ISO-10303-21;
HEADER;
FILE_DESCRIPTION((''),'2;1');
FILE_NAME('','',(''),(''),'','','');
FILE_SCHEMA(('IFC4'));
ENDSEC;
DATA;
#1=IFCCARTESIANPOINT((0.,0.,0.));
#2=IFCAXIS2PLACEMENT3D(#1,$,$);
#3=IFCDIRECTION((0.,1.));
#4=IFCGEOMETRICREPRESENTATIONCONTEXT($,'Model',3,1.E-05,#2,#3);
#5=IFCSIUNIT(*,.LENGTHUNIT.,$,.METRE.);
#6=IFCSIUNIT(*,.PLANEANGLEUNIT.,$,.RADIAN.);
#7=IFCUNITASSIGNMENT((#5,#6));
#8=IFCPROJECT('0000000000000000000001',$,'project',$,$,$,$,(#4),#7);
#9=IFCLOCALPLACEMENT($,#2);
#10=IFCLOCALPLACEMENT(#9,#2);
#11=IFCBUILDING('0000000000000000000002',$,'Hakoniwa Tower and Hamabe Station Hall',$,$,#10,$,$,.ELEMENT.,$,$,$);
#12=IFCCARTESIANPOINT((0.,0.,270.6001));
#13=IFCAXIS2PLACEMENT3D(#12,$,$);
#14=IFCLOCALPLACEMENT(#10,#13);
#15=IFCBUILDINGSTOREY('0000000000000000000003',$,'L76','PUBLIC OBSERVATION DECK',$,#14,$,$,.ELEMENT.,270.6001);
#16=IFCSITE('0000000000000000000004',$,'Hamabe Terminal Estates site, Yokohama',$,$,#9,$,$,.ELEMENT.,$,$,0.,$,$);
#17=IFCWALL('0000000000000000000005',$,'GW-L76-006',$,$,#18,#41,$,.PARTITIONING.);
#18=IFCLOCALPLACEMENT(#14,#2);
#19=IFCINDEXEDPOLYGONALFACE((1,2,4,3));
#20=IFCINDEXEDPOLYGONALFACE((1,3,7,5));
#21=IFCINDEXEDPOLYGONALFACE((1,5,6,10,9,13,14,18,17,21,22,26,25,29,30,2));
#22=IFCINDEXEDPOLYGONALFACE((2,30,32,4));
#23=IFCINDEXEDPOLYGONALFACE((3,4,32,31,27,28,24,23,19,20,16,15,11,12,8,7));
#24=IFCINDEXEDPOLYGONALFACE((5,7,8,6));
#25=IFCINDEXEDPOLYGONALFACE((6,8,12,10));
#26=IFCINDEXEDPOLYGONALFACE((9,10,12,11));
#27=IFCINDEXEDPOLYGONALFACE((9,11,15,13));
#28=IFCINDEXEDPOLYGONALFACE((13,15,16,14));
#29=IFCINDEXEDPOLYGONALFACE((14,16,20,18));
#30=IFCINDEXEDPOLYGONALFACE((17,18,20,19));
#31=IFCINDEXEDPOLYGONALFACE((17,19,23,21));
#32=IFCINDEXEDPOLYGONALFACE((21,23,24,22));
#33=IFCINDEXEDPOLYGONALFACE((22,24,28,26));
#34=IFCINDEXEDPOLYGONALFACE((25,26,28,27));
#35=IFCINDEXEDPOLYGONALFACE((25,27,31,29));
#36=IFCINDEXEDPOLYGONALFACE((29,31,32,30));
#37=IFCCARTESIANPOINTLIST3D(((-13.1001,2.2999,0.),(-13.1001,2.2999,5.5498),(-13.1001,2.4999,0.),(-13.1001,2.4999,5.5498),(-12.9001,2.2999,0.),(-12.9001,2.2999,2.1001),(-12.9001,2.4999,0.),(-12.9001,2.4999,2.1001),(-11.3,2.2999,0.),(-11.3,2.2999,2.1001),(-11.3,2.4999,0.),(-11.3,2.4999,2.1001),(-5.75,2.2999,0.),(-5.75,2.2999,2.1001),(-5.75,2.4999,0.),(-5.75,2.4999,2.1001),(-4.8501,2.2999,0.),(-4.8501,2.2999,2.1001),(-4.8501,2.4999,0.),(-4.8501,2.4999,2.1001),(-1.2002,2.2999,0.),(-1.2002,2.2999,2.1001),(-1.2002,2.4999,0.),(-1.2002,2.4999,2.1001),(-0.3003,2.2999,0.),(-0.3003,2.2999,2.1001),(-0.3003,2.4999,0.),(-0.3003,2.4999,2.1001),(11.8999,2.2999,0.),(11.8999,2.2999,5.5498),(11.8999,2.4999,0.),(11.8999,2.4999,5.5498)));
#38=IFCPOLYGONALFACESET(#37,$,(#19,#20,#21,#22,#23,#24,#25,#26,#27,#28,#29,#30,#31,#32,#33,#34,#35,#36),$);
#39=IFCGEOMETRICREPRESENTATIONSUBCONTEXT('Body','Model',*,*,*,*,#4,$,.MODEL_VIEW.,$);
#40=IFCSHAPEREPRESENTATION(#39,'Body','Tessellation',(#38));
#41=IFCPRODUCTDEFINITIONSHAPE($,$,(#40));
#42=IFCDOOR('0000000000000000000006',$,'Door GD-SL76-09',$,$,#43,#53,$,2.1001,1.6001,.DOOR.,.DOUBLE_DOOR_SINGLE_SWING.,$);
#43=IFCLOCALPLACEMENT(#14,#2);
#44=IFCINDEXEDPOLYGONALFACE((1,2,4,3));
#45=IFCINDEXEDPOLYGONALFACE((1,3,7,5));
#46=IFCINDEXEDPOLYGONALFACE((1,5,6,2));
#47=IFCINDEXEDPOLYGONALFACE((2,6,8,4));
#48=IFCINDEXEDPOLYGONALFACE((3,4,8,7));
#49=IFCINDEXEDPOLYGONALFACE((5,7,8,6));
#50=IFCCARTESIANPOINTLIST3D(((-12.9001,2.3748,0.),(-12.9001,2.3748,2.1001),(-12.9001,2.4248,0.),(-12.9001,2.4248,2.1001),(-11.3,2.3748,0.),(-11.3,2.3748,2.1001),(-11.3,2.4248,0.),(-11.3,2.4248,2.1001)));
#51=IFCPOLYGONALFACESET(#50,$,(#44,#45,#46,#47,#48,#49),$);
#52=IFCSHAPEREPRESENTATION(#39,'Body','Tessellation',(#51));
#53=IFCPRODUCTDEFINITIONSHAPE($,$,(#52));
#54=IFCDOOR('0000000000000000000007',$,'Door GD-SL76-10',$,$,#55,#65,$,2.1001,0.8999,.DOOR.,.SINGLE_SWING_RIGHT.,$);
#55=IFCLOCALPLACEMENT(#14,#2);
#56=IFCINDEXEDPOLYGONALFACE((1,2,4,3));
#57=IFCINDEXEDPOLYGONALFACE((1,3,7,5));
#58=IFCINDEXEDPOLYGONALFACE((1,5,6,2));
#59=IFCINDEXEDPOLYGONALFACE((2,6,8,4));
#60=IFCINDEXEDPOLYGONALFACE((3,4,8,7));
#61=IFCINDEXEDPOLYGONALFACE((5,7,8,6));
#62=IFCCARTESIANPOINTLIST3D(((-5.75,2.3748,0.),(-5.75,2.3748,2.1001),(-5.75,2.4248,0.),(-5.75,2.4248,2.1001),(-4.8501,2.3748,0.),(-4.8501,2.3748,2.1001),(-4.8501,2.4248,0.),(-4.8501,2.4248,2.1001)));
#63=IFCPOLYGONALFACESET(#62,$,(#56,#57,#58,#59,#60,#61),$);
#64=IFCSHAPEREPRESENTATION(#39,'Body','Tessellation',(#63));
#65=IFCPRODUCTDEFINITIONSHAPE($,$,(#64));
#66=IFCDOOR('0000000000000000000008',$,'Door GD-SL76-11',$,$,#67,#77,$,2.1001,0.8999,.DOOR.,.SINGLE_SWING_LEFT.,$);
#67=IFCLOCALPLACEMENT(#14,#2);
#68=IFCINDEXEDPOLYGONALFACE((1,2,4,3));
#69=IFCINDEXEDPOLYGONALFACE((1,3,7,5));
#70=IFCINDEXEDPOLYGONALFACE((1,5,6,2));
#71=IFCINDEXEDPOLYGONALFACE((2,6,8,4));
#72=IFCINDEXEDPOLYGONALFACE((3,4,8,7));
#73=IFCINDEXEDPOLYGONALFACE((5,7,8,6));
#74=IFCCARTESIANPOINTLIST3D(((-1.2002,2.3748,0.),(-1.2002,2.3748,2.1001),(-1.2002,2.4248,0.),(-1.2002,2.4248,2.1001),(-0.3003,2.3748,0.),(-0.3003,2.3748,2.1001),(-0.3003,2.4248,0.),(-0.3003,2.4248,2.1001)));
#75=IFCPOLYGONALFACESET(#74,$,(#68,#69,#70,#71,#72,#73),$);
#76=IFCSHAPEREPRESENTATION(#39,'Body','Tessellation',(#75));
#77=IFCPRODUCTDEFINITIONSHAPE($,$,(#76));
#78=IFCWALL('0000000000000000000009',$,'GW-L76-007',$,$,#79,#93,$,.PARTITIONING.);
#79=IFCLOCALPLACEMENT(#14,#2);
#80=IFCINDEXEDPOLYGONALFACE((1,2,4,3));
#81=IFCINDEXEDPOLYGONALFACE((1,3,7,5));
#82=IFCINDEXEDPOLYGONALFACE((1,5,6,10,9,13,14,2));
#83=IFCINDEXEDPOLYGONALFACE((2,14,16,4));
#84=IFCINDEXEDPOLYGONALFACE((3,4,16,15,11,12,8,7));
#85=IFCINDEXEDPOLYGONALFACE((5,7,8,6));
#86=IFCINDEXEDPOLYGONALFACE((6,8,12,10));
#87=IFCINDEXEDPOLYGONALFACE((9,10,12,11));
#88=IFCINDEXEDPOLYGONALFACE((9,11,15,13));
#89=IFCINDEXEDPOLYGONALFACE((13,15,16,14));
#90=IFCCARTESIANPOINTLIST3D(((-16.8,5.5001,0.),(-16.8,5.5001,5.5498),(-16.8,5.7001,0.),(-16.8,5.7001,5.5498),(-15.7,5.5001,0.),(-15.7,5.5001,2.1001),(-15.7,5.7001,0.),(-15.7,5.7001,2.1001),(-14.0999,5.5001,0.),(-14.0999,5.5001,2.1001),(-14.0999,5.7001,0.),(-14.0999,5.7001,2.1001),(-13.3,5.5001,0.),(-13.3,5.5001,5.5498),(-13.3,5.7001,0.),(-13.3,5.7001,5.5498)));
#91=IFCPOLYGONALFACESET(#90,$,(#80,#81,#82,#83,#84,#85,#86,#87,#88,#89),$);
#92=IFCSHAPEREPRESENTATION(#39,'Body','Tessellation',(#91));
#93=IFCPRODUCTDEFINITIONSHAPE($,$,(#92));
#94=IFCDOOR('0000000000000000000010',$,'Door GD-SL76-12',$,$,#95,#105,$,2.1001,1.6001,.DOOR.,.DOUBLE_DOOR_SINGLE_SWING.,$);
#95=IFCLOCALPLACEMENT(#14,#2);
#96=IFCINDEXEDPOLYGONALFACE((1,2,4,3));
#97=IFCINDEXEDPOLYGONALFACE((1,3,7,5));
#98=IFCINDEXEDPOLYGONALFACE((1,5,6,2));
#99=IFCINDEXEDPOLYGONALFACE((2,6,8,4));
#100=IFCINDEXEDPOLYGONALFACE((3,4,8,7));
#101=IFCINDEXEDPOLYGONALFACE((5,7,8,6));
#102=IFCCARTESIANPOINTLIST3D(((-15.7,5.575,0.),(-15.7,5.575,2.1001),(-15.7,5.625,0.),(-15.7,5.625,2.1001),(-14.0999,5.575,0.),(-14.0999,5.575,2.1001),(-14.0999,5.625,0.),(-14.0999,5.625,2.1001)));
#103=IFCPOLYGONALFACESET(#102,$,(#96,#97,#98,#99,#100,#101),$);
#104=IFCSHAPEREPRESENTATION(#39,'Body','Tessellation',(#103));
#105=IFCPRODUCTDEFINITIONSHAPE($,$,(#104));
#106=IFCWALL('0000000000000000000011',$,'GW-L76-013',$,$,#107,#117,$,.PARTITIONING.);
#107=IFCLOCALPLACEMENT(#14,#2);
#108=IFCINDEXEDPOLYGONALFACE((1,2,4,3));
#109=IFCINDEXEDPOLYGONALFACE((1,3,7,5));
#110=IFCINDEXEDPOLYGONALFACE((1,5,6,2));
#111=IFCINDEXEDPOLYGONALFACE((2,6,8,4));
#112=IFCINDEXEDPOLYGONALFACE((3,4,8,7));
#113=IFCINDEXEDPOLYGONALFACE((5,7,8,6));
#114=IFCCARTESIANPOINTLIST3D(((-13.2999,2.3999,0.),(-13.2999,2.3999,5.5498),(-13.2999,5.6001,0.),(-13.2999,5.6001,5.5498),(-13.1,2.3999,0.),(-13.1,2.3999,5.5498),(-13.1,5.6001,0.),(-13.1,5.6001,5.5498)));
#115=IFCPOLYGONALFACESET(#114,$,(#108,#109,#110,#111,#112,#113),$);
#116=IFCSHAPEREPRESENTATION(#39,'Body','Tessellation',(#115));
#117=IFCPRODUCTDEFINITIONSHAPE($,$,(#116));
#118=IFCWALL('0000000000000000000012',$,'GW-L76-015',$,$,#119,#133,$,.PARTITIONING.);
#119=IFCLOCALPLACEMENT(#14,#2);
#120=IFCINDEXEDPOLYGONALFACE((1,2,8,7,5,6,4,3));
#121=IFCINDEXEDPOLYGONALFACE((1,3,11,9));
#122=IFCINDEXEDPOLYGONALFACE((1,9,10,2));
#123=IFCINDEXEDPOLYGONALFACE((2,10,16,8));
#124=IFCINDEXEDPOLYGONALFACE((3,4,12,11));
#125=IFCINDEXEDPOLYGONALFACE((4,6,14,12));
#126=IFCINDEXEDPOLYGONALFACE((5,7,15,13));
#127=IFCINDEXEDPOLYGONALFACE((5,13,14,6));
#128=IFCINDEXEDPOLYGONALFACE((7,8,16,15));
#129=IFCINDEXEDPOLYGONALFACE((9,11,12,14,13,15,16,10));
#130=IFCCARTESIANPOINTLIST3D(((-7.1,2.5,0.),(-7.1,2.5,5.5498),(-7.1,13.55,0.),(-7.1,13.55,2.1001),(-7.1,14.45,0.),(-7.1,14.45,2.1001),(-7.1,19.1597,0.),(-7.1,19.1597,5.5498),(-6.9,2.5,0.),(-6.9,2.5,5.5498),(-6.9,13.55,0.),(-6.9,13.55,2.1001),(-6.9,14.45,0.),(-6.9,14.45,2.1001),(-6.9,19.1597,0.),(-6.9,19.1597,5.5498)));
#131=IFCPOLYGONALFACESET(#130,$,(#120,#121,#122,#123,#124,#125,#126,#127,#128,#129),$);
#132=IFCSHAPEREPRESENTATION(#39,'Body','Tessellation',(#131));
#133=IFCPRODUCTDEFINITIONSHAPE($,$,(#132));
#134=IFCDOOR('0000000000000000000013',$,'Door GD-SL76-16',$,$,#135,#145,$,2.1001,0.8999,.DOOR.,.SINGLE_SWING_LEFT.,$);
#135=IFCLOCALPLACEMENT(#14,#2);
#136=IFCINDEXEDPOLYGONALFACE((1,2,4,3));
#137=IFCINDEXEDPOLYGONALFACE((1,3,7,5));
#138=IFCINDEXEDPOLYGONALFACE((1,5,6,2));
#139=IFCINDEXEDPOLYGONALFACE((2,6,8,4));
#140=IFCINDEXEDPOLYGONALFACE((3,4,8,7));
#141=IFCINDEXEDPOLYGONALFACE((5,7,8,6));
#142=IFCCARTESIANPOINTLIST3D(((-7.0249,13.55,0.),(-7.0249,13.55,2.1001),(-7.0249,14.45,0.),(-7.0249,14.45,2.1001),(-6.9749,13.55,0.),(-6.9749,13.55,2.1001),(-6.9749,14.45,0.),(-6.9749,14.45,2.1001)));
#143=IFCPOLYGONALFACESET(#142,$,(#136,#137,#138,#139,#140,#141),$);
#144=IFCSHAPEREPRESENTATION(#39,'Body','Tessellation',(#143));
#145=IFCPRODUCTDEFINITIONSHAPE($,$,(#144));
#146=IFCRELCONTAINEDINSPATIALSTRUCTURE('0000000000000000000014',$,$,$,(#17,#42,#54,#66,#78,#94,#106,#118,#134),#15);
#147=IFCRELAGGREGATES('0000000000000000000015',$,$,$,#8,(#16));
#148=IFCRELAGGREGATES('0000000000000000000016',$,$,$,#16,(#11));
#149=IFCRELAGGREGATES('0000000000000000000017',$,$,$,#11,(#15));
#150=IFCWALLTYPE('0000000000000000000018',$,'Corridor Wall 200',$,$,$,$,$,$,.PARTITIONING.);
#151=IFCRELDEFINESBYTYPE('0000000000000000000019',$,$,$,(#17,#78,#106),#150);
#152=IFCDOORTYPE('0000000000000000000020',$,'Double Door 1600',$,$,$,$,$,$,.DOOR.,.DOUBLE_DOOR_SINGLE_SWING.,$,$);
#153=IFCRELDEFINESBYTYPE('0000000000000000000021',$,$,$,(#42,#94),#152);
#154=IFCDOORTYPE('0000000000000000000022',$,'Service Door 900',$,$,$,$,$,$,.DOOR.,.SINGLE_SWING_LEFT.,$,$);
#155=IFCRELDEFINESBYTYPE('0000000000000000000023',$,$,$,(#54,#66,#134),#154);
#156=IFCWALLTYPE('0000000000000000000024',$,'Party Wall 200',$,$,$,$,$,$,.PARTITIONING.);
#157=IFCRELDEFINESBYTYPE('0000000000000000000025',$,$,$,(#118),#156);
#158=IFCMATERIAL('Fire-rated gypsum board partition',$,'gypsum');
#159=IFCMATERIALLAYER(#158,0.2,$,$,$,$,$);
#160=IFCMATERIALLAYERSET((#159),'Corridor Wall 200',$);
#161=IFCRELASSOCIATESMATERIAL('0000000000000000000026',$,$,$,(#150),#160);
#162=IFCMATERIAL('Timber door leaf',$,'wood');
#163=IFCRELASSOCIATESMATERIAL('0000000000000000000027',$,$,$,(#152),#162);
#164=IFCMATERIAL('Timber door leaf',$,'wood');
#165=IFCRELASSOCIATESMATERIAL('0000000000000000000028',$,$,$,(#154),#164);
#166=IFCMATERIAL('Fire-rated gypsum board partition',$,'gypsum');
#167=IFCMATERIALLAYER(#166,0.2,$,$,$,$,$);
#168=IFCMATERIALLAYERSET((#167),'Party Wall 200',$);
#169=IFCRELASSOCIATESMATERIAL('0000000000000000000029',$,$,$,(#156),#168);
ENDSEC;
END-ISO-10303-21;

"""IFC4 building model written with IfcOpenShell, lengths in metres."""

from ifc_helpers import new_model, si_unit, direction, frame, frame_2d, origin, place, context, subcontext, project, spatial, rectangle, extrude, material, layer, layer_set, type_object, element, fill, save


model = new_model("IFC4")

# Units and contexts
model_context = context("Model", 3, precision=1e-05, world=origin(), true_north=direction((0.0, 1.0)))
body_context = subcontext(model_context, "Body", "Model", "MODEL_VIEW")
ifc_project = project(units=[si_unit("LENGTHUNIT", "METRE"), si_unit("PLANEANGLEUNIT", "RADIAN")], contexts=[model_context])

# Site, building, storey
site_placement = place(None, origin())
site = spatial("IfcSite", under=ifc_project, at=site_placement, Name="Hamabe Terminal Estates site, Yokohama", CompositionType="ELEMENT", RefElevation=0.0)
building_placement = place(site_placement, origin())
building = spatial("IfcBuilding", under=site, at=building_placement, Name="Hakoniwa Tower and Hamabe Station Hall", CompositionType="ELEMENT")
storey_placement = place(building_placement, frame((0.0, 0.0, 270.6001)))
storey = spatial("IfcBuildingStorey", under=building, at=storey_placement, Name="L76", Description="PUBLIC OBSERVATION DECK", CompositionType="ELEMENT", Elevation=270.6001)

# Wall, openings, doors
ifc_material_1 = material(Name="Fire-rated gypsum board partition", Category="gypsum")
ifc_layer_1 = layer(ifc_material_1, 0.2)
ifc_layer_set_1 = layer_set([ifc_layer_1], Name="Corridor Wall 200")
wall_type_1 = type_object("IfcWallType", Name="Corridor Wall 200", PredefinedType="PARTITIONING", material=ifc_layer_set_1)
wall_1_placement = place(storey_placement, frame((-13.1001, 2.3999, 0.0), z_axis=(0.0, 0.0, 1.0), x_axis=(1.0, 0.0, 0.0)))
wall_1 = element("IfcWall", 1, at=wall_1_placement, inside=storey, type_object=wall_type_1, Name="GW-L76-006", PredefinedType="PARTITIONING", context=body_context, shape_type="SweptSolid", body=[
    extrude(rectangle(XDim=25.0, YDim=0.2, at=frame_2d((12.5, 0.0))), origin(), (0.0, 0.0, 1.0), 5.5498),
])
opening_1_placement = place(wall_1_placement, frame((0.2, 0.0, 0.0)))
opening_1 = element("IfcOpeningElement", 2, at=opening_1_placement, cuts=wall_1, PredefinedType="OPENING", context=body_context, shape_type="SweptSolid", body=[
    extrude(rectangle(XDim=1.6001, YDim=2.1001, at=frame_2d((0.8, 1.05))), frame((0.0, 0.1099, 0.0), z_axis=(0.0, -1.0, 0.0), x_axis=(1.0, 0.0, 0.0)), (0.0, 0.0, 1.0), 0.22),
])
opening_2_placement = place(wall_1_placement, frame((7.3501, 0.0, 0.0)))
opening_2 = element("IfcOpeningElement", 3, at=opening_2_placement, cuts=wall_1, PredefinedType="OPENING", context=body_context, shape_type="SweptSolid", body=[
    extrude(rectangle(XDim=0.8999, YDim=2.1001, at=frame_2d((0.45, 1.05))), frame((0.0, 0.1099, 0.0), z_axis=(0.0, -1.0, 0.0), x_axis=(1.0, 0.0, 0.0)), (0.0, 0.0, 1.0), 0.22),
])
opening_3_placement = place(wall_1_placement, frame((11.8999, 0.0, 0.0)))
opening_3 = element("IfcOpeningElement", 4, at=opening_3_placement, cuts=wall_1, PredefinedType="OPENING", context=body_context, shape_type="SweptSolid", body=[
    extrude(rectangle(XDim=0.8999, YDim=2.1001, at=frame_2d((0.45, 1.05))), frame((0.0, 0.1099, 0.0), z_axis=(0.0, -1.0, 0.0), x_axis=(1.0, 0.0, 0.0)), (0.0, 0.0, 1.0), 0.22),
])
ifc_material_2 = material(Name="Timber door leaf", Category="wood")
door_type_1 = type_object("IfcDoorType", Name="Double Door 1600", OperationType="DOUBLE_DOOR_SINGLE_SWING", PredefinedType="DOOR", material=ifc_material_2)
door_1_placement = place(opening_1_placement, origin())
door_1 = element("IfcDoor", 5, at=door_1_placement, inside=storey, type_object=door_type_1, Name="Door GD-SL76-09", OperationType="DOUBLE_DOOR_SINGLE_SWING", OverallHeight=2.1001, OverallWidth=1.6001, PredefinedType="DOOR", context=body_context, shape_type="SweptSolid", body=[
    extrude(rectangle(XDim=1.6001, YDim=2.1001, at=frame_2d((0.8, 1.05))), frame((0.0, 0.0249, 0.0), z_axis=(0.0, -1.0, 0.0), x_axis=(1.0, 0.0, 0.0)), (0.0, 0.0, 1.0), 0.05),
])
fill(opening_1, door_1)
ifc_material_3 = material(Name="Timber door leaf", Category="wood")
door_type_2 = type_object("IfcDoorType", Name="Service Door 900", OperationType="SINGLE_SWING_LEFT", PredefinedType="DOOR", material=ifc_material_3)
door_2_placement = place(opening_2_placement, origin())
door_2 = element("IfcDoor", 6, at=door_2_placement, inside=storey, type_object=door_type_2, Name="Door GD-SL76-10", OperationType="SINGLE_SWING_RIGHT", OverallHeight=2.1001, OverallWidth=0.8999, PredefinedType="DOOR", context=body_context, shape_type="SweptSolid", body=[
    extrude(rectangle(XDim=0.8999, YDim=2.1001, at=frame_2d((0.45, 1.05))), frame((0.0, 0.0249, 0.0), z_axis=(0.0, -1.0, 0.0), x_axis=(1.0, 0.0, 0.0)), (0.0, 0.0, 1.0), 0.05),
])
fill(opening_2, door_2)
door_3_placement = place(opening_3_placement, origin())
door_3 = element("IfcDoor", 7, at=door_3_placement, inside=storey, type_object=door_type_2, Name="Door GD-SL76-11", OperationType="SINGLE_SWING_LEFT", OverallHeight=2.1001, OverallWidth=0.8999, PredefinedType="DOOR", context=body_context, shape_type="SweptSolid", body=[
    extrude(rectangle(XDim=0.8999, YDim=2.1001, at=frame_2d((0.45, 1.05))), frame((0.0, 0.0249, 0.0), z_axis=(0.0, -1.0, 0.0), x_axis=(1.0, 0.0, 0.0)), (0.0, 0.0, 1.0), 0.05),
])
fill(opening_3, door_3)

# Wall, opening, door
wall_2_placement = place(storey_placement, frame((-16.8, 5.6001, 0.0), z_axis=(0.0, 0.0, 1.0), x_axis=(1.0, 0.0, 0.0)))
wall_2 = element("IfcWall", 8, at=wall_2_placement, inside=storey, type_object=wall_type_1, Name="GW-L76-007", PredefinedType="PARTITIONING", context=body_context, shape_type="SweptSolid", body=[
    extrude(rectangle(XDim=3.5, YDim=0.2, at=frame_2d((1.75, 0.0))), origin(), (0.0, 0.0, 1.0), 5.5498),
])
opening_4_placement = place(wall_2_placement, frame((1.1001, 0.0, 0.0)))
opening_4 = element("IfcOpeningElement", 9, at=opening_4_placement, cuts=wall_2, PredefinedType="OPENING", context=body_context, shape_type="SweptSolid", body=[
    extrude(rectangle(XDim=1.6001, YDim=2.1001, at=frame_2d((0.8, 1.05))), frame((0.0, 0.1099, 0.0), z_axis=(0.0, -1.0, 0.0), x_axis=(1.0, 0.0, 0.0)), (0.0, 0.0, 1.0), 0.22),
])
door_4_placement = place(opening_4_placement, origin())
door_4 = element("IfcDoor", 10, at=door_4_placement, inside=storey, type_object=door_type_1, Name="Door GD-SL76-12", OperationType="DOUBLE_DOOR_SINGLE_SWING", OverallHeight=2.1001, OverallWidth=1.6001, PredefinedType="DOOR", context=body_context, shape_type="SweptSolid", body=[
    extrude(rectangle(XDim=1.6001, YDim=2.1001, at=frame_2d((0.8, 1.05))), frame((0.0, 0.0249, 0.0), z_axis=(0.0, -1.0, 0.0), x_axis=(1.0, 0.0, 0.0)), (0.0, 0.0, 1.0), 0.05),
])
fill(opening_4, door_4)

# Wall
wall_3_placement = place(storey_placement, frame((-13.2, 2.3999, 0.0), z_axis=(0.0, 0.0, 1.0), x_axis=(0.0, 1.0, 0.0)))
element("IfcWall", 11, at=wall_3_placement, inside=storey, type_object=wall_type_1, Name="GW-L76-013", PredefinedType="PARTITIONING", context=body_context, shape_type="SweptSolid", body=[
    extrude(rectangle(XDim=3.2002, YDim=0.2, at=frame_2d((1.6001, 0.0))), origin(), (0.0, 0.0, 1.0), 5.5498),
])

# Wall, opening, door
ifc_material_4 = material(Name="Fire-rated gypsum board partition", Category="gypsum")
ifc_layer_2 = layer(ifc_material_4, 0.2)
ifc_layer_set_2 = layer_set([ifc_layer_2], Name="Party Wall 200")
wall_type_2 = type_object("IfcWallType", Name="Party Wall 200", PredefinedType="PARTITIONING", material=ifc_layer_set_2)
wall_4_placement = place(storey_placement, frame((-7.0, 2.5, 0.0), z_axis=(0.0, 0.0, 1.0), x_axis=(0.0, 1.0, 0.0)))
wall_4 = element("IfcWall", 12, at=wall_4_placement, inside=storey, type_object=wall_type_2, Name="GW-L76-015", PredefinedType="PARTITIONING", context=body_context, shape_type="SweptSolid", body=[
    extrude(rectangle(XDim=16.6597, YDim=0.2, at=frame_2d((8.3298, 0.0))), origin(), (0.0, 0.0, 1.0), 5.5498),
])
opening_5_placement = place(wall_4_placement, frame((11.05, 0.0, 0.0)))
opening_5 = element("IfcOpeningElement", 13, at=opening_5_placement, cuts=wall_4, PredefinedType="OPENING", context=body_context, shape_type="SweptSolid", body=[
    extrude(rectangle(XDim=0.8999, YDim=2.1001, at=frame_2d((0.45, 1.05))), frame((0.0, 0.1099, 0.0), z_axis=(0.0, -1.0, 0.0), x_axis=(1.0, 0.0, 0.0)), (0.0, 0.0, 1.0), 0.22),
])
door_5_placement = place(opening_5_placement, origin())
door_5 = element("IfcDoor", 14, at=door_5_placement, inside=storey, type_object=door_type_2, Name="Door GD-SL76-16", OperationType="SINGLE_SWING_LEFT", OverallHeight=2.1001, OverallWidth=0.8999, PredefinedType="DOOR", context=body_context, shape_type="SweptSolid", body=[
    extrude(rectangle(XDim=0.8999, YDim=2.1001, at=frame_2d((0.45, 1.05))), frame((0.0, 0.0249, 0.0), z_axis=(0.0, -1.0, 0.0), x_axis=(1.0, 0.0, 0.0)), (0.0, 0.0, 1.0), 0.05),
])
fill(opening_5, door_5)

save(model, "model.ifc")
